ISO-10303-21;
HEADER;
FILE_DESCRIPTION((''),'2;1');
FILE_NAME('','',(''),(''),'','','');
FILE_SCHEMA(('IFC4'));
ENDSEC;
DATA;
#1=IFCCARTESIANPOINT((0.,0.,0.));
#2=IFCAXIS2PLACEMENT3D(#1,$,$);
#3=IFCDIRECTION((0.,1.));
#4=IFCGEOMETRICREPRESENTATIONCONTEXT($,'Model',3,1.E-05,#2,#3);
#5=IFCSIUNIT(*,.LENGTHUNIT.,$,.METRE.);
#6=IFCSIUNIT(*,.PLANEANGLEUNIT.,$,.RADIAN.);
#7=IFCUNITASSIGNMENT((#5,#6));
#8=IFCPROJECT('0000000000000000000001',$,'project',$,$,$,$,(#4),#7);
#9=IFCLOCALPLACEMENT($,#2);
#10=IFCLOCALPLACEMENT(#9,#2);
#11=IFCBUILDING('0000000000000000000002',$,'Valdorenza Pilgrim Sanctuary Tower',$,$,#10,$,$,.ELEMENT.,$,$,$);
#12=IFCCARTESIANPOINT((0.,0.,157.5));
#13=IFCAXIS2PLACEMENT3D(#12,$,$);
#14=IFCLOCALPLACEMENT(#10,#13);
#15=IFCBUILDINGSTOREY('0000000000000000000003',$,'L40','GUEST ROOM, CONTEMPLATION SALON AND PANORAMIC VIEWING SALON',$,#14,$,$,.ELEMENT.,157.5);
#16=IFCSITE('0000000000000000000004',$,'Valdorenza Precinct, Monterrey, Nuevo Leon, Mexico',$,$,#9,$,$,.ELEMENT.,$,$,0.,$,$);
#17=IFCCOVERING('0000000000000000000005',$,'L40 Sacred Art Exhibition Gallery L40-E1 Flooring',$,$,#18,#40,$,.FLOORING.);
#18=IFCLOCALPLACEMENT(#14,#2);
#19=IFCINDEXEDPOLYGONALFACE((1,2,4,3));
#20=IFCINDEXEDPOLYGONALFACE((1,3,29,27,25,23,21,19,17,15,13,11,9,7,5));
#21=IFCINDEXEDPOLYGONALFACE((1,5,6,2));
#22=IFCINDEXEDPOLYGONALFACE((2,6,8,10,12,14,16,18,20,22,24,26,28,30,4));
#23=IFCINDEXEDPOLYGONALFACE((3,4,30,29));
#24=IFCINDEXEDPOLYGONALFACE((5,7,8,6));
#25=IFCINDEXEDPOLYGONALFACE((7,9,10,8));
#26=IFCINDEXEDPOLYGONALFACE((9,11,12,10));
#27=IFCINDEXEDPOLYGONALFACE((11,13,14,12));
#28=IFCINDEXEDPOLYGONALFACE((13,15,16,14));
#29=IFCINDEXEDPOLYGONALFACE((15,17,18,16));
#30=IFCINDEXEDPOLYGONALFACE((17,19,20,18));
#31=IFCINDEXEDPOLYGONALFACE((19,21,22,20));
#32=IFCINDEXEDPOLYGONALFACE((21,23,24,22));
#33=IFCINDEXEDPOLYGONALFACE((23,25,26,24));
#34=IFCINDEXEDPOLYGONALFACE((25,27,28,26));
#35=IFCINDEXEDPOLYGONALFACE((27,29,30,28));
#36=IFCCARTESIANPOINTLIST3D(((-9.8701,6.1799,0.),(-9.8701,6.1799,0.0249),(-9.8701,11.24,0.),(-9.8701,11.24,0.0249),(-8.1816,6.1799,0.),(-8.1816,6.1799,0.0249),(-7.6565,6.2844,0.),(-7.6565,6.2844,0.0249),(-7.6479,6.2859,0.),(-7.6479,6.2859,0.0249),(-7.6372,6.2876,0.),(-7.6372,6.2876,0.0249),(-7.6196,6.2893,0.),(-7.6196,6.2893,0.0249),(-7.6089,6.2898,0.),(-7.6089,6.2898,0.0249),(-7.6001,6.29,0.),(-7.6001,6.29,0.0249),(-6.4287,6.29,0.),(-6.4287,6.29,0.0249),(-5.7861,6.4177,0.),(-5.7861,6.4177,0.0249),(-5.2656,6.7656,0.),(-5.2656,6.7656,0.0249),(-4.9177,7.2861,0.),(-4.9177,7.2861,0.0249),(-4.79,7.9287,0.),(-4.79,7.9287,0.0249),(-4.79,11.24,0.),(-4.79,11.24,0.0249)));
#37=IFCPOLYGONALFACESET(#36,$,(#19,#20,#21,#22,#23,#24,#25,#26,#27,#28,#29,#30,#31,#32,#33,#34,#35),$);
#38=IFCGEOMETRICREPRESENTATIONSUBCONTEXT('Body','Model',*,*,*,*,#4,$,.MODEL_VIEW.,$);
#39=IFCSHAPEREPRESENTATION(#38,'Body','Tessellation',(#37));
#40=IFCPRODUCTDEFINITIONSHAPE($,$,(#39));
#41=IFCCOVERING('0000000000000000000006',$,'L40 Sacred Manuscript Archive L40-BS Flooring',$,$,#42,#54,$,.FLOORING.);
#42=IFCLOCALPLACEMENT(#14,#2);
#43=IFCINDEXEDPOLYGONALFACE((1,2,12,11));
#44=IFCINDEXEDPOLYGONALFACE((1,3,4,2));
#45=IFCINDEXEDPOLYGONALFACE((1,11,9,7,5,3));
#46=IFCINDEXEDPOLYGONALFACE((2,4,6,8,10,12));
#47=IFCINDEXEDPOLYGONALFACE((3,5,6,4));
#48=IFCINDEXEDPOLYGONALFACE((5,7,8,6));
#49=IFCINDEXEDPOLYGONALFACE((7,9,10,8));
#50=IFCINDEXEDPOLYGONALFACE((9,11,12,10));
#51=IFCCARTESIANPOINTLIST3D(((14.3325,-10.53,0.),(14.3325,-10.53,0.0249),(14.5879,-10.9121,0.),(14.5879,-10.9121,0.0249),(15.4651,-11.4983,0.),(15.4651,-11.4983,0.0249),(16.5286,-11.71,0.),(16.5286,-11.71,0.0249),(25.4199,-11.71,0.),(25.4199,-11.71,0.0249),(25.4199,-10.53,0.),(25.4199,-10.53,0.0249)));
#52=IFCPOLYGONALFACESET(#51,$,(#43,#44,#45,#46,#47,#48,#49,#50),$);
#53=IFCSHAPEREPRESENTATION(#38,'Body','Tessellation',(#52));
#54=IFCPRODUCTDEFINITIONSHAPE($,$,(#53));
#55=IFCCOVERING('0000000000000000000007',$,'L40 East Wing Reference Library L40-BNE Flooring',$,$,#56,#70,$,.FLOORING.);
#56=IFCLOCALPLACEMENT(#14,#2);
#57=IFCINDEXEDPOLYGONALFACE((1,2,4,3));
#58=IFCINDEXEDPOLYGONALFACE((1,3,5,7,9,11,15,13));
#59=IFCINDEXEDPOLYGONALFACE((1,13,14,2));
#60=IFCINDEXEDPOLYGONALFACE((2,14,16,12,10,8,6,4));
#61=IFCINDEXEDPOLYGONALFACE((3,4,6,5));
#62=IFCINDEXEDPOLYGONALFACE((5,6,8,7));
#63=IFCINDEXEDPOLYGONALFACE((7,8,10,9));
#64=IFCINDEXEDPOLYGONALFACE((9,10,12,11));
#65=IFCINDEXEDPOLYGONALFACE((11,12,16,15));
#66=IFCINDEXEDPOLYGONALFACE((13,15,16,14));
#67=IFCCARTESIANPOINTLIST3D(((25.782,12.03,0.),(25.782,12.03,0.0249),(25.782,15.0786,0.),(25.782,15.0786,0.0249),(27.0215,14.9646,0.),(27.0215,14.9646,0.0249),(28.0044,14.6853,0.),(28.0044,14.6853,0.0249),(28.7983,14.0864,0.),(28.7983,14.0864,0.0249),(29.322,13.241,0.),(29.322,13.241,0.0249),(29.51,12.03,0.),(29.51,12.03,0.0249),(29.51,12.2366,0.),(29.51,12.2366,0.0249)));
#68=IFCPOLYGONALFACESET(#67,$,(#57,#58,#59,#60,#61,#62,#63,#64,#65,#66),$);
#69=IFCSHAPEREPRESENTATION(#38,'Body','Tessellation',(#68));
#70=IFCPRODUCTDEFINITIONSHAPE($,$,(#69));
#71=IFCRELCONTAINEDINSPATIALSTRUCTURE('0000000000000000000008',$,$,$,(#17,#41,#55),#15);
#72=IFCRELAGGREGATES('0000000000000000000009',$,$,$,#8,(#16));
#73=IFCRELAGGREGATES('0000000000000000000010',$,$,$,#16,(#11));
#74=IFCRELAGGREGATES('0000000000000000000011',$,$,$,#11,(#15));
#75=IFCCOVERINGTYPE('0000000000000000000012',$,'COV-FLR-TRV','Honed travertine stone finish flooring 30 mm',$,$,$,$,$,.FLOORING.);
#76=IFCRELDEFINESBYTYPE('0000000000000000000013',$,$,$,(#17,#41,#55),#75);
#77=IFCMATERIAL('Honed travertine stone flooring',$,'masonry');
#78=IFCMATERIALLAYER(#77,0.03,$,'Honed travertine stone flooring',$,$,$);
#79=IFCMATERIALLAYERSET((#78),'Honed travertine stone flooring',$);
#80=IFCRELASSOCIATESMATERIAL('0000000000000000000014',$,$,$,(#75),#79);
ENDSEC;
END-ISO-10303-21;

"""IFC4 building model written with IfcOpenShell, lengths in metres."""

from ifc_helpers import new_model, si_unit, direction, frame, origin, place, context, subcontext, project, spatial, polyline, outline, extrude, material, layer, layer_set, type_object, element, save


model = new_model("IFC4")

# Units and contexts
model_context = context("Model", 3, precision=1e-05, world=origin(), true_north=direction((0.0, 1.0)))
body_context = subcontext(model_context, "Body", "Model", "MODEL_VIEW")
ifc_project = project(units=[si_unit("LENGTHUNIT", "METRE"), si_unit("PLANEANGLEUNIT", "RADIAN")], contexts=[model_context])

# Site, building, storey
site_placement = place(None, origin())
site = spatial("IfcSite", under=ifc_project, at=site_placement, Name="Valdorenza Precinct, Monterrey, Nuevo Leon, Mexico", CompositionType="ELEMENT", RefElevation=0.0)
building_placement = place(site_placement, origin())
building = spatial("IfcBuilding", under=site, at=building_placement, Name="Valdorenza Pilgrim Sanctuary Tower", CompositionType="ELEMENT")
storey_placement = place(building_placement, frame((0.0, 0.0, 157.5)))
storey = spatial("IfcBuildingStorey", under=building, at=storey_placement, Name="L40", Description="GUEST ROOM, CONTEMPLATION SALON AND PANORAMIC VIEWING SALON", CompositionType="ELEMENT", Elevation=157.5)

# Coverings
ifc_material_1 = material(Name="Honed travertine stone flooring", Category="masonry")
ifc_layer_1 = layer(ifc_material_1, 0.03, Name="Honed travertine stone flooring")
ifc_layer_set_1 = layer_set([ifc_layer_1], Name="Honed travertine stone flooring")
covering_type_1 = type_object("IfcCoveringType", Name="COV-FLR-TRV", Description="Honed travertine stone finish flooring 30 mm", PredefinedType="FLOORING", material=ifc_layer_set_1)
covering_1_placement = place(storey_placement, origin())
element("IfcCovering", 1, at=covering_1_placement, inside=storey, type_object=covering_type_1, Name="L40 Sacred Art Exhibition Gallery L40-E1 Flooring", PredefinedType="FLOORING", context=body_context, shape_type="SweptSolid", body=[
    extrude(outline(polyline([(-9.8701, 11.24), (-4.79, 11.24), (-4.79, 7.9287), (-4.9177, 7.2861), (-5.2656, 6.7656), (-5.7861, 6.4177), (-6.4287, 6.29), (-7.6001, 6.29), (-7.6089, 6.2898), (-7.6196, 6.2893), (-7.6372, 6.2876), (-7.6479, 6.2859), (-7.6565, 6.2844), (-8.1816, 6.1799), (-9.8701, 6.1799), (-9.8701, 11.24)])), origin(), (0.0, 0.0, 1.0), 0.0249),
])
covering_2_placement = place(storey_placement, origin())
element("IfcCovering", 2, at=covering_2_placement, inside=storey, type_object=covering_type_1, Name="L40 Sacred Manuscript Archive L40-BS Flooring", PredefinedType="FLOORING", context=body_context, shape_type="SweptSolid", body=[
    extrude(outline(polyline([(25.4199, -11.71), (16.5286, -11.71), (15.4651, -11.4983), (14.5879, -10.9121), (14.3325, -10.53), (25.4199, -10.53), (25.4199, -11.71)])), origin(), (0.0, 0.0, 1.0), 0.0249),
])
covering_3_placement = place(storey_placement, origin())
element("IfcCovering", 3, at=covering_3_placement, inside=storey, type_object=covering_type_1, Name="L40 East Wing Reference Library L40-BNE Flooring", PredefinedType="FLOORING", context=body_context, shape_type="SweptSolid", body=[
    extrude(outline(polyline([(27.0215, 14.9646), (28.0044, 14.6853), (28.7983, 14.0864), (29.322, 13.241), (29.51, 12.2366), (29.51, 12.03), (25.782, 12.03), (25.782, 15.0786), (27.0215, 14.9646)])), origin(), (0.0, 0.0, 1.0), 0.0249),
])

save(model, "model.ifc")
